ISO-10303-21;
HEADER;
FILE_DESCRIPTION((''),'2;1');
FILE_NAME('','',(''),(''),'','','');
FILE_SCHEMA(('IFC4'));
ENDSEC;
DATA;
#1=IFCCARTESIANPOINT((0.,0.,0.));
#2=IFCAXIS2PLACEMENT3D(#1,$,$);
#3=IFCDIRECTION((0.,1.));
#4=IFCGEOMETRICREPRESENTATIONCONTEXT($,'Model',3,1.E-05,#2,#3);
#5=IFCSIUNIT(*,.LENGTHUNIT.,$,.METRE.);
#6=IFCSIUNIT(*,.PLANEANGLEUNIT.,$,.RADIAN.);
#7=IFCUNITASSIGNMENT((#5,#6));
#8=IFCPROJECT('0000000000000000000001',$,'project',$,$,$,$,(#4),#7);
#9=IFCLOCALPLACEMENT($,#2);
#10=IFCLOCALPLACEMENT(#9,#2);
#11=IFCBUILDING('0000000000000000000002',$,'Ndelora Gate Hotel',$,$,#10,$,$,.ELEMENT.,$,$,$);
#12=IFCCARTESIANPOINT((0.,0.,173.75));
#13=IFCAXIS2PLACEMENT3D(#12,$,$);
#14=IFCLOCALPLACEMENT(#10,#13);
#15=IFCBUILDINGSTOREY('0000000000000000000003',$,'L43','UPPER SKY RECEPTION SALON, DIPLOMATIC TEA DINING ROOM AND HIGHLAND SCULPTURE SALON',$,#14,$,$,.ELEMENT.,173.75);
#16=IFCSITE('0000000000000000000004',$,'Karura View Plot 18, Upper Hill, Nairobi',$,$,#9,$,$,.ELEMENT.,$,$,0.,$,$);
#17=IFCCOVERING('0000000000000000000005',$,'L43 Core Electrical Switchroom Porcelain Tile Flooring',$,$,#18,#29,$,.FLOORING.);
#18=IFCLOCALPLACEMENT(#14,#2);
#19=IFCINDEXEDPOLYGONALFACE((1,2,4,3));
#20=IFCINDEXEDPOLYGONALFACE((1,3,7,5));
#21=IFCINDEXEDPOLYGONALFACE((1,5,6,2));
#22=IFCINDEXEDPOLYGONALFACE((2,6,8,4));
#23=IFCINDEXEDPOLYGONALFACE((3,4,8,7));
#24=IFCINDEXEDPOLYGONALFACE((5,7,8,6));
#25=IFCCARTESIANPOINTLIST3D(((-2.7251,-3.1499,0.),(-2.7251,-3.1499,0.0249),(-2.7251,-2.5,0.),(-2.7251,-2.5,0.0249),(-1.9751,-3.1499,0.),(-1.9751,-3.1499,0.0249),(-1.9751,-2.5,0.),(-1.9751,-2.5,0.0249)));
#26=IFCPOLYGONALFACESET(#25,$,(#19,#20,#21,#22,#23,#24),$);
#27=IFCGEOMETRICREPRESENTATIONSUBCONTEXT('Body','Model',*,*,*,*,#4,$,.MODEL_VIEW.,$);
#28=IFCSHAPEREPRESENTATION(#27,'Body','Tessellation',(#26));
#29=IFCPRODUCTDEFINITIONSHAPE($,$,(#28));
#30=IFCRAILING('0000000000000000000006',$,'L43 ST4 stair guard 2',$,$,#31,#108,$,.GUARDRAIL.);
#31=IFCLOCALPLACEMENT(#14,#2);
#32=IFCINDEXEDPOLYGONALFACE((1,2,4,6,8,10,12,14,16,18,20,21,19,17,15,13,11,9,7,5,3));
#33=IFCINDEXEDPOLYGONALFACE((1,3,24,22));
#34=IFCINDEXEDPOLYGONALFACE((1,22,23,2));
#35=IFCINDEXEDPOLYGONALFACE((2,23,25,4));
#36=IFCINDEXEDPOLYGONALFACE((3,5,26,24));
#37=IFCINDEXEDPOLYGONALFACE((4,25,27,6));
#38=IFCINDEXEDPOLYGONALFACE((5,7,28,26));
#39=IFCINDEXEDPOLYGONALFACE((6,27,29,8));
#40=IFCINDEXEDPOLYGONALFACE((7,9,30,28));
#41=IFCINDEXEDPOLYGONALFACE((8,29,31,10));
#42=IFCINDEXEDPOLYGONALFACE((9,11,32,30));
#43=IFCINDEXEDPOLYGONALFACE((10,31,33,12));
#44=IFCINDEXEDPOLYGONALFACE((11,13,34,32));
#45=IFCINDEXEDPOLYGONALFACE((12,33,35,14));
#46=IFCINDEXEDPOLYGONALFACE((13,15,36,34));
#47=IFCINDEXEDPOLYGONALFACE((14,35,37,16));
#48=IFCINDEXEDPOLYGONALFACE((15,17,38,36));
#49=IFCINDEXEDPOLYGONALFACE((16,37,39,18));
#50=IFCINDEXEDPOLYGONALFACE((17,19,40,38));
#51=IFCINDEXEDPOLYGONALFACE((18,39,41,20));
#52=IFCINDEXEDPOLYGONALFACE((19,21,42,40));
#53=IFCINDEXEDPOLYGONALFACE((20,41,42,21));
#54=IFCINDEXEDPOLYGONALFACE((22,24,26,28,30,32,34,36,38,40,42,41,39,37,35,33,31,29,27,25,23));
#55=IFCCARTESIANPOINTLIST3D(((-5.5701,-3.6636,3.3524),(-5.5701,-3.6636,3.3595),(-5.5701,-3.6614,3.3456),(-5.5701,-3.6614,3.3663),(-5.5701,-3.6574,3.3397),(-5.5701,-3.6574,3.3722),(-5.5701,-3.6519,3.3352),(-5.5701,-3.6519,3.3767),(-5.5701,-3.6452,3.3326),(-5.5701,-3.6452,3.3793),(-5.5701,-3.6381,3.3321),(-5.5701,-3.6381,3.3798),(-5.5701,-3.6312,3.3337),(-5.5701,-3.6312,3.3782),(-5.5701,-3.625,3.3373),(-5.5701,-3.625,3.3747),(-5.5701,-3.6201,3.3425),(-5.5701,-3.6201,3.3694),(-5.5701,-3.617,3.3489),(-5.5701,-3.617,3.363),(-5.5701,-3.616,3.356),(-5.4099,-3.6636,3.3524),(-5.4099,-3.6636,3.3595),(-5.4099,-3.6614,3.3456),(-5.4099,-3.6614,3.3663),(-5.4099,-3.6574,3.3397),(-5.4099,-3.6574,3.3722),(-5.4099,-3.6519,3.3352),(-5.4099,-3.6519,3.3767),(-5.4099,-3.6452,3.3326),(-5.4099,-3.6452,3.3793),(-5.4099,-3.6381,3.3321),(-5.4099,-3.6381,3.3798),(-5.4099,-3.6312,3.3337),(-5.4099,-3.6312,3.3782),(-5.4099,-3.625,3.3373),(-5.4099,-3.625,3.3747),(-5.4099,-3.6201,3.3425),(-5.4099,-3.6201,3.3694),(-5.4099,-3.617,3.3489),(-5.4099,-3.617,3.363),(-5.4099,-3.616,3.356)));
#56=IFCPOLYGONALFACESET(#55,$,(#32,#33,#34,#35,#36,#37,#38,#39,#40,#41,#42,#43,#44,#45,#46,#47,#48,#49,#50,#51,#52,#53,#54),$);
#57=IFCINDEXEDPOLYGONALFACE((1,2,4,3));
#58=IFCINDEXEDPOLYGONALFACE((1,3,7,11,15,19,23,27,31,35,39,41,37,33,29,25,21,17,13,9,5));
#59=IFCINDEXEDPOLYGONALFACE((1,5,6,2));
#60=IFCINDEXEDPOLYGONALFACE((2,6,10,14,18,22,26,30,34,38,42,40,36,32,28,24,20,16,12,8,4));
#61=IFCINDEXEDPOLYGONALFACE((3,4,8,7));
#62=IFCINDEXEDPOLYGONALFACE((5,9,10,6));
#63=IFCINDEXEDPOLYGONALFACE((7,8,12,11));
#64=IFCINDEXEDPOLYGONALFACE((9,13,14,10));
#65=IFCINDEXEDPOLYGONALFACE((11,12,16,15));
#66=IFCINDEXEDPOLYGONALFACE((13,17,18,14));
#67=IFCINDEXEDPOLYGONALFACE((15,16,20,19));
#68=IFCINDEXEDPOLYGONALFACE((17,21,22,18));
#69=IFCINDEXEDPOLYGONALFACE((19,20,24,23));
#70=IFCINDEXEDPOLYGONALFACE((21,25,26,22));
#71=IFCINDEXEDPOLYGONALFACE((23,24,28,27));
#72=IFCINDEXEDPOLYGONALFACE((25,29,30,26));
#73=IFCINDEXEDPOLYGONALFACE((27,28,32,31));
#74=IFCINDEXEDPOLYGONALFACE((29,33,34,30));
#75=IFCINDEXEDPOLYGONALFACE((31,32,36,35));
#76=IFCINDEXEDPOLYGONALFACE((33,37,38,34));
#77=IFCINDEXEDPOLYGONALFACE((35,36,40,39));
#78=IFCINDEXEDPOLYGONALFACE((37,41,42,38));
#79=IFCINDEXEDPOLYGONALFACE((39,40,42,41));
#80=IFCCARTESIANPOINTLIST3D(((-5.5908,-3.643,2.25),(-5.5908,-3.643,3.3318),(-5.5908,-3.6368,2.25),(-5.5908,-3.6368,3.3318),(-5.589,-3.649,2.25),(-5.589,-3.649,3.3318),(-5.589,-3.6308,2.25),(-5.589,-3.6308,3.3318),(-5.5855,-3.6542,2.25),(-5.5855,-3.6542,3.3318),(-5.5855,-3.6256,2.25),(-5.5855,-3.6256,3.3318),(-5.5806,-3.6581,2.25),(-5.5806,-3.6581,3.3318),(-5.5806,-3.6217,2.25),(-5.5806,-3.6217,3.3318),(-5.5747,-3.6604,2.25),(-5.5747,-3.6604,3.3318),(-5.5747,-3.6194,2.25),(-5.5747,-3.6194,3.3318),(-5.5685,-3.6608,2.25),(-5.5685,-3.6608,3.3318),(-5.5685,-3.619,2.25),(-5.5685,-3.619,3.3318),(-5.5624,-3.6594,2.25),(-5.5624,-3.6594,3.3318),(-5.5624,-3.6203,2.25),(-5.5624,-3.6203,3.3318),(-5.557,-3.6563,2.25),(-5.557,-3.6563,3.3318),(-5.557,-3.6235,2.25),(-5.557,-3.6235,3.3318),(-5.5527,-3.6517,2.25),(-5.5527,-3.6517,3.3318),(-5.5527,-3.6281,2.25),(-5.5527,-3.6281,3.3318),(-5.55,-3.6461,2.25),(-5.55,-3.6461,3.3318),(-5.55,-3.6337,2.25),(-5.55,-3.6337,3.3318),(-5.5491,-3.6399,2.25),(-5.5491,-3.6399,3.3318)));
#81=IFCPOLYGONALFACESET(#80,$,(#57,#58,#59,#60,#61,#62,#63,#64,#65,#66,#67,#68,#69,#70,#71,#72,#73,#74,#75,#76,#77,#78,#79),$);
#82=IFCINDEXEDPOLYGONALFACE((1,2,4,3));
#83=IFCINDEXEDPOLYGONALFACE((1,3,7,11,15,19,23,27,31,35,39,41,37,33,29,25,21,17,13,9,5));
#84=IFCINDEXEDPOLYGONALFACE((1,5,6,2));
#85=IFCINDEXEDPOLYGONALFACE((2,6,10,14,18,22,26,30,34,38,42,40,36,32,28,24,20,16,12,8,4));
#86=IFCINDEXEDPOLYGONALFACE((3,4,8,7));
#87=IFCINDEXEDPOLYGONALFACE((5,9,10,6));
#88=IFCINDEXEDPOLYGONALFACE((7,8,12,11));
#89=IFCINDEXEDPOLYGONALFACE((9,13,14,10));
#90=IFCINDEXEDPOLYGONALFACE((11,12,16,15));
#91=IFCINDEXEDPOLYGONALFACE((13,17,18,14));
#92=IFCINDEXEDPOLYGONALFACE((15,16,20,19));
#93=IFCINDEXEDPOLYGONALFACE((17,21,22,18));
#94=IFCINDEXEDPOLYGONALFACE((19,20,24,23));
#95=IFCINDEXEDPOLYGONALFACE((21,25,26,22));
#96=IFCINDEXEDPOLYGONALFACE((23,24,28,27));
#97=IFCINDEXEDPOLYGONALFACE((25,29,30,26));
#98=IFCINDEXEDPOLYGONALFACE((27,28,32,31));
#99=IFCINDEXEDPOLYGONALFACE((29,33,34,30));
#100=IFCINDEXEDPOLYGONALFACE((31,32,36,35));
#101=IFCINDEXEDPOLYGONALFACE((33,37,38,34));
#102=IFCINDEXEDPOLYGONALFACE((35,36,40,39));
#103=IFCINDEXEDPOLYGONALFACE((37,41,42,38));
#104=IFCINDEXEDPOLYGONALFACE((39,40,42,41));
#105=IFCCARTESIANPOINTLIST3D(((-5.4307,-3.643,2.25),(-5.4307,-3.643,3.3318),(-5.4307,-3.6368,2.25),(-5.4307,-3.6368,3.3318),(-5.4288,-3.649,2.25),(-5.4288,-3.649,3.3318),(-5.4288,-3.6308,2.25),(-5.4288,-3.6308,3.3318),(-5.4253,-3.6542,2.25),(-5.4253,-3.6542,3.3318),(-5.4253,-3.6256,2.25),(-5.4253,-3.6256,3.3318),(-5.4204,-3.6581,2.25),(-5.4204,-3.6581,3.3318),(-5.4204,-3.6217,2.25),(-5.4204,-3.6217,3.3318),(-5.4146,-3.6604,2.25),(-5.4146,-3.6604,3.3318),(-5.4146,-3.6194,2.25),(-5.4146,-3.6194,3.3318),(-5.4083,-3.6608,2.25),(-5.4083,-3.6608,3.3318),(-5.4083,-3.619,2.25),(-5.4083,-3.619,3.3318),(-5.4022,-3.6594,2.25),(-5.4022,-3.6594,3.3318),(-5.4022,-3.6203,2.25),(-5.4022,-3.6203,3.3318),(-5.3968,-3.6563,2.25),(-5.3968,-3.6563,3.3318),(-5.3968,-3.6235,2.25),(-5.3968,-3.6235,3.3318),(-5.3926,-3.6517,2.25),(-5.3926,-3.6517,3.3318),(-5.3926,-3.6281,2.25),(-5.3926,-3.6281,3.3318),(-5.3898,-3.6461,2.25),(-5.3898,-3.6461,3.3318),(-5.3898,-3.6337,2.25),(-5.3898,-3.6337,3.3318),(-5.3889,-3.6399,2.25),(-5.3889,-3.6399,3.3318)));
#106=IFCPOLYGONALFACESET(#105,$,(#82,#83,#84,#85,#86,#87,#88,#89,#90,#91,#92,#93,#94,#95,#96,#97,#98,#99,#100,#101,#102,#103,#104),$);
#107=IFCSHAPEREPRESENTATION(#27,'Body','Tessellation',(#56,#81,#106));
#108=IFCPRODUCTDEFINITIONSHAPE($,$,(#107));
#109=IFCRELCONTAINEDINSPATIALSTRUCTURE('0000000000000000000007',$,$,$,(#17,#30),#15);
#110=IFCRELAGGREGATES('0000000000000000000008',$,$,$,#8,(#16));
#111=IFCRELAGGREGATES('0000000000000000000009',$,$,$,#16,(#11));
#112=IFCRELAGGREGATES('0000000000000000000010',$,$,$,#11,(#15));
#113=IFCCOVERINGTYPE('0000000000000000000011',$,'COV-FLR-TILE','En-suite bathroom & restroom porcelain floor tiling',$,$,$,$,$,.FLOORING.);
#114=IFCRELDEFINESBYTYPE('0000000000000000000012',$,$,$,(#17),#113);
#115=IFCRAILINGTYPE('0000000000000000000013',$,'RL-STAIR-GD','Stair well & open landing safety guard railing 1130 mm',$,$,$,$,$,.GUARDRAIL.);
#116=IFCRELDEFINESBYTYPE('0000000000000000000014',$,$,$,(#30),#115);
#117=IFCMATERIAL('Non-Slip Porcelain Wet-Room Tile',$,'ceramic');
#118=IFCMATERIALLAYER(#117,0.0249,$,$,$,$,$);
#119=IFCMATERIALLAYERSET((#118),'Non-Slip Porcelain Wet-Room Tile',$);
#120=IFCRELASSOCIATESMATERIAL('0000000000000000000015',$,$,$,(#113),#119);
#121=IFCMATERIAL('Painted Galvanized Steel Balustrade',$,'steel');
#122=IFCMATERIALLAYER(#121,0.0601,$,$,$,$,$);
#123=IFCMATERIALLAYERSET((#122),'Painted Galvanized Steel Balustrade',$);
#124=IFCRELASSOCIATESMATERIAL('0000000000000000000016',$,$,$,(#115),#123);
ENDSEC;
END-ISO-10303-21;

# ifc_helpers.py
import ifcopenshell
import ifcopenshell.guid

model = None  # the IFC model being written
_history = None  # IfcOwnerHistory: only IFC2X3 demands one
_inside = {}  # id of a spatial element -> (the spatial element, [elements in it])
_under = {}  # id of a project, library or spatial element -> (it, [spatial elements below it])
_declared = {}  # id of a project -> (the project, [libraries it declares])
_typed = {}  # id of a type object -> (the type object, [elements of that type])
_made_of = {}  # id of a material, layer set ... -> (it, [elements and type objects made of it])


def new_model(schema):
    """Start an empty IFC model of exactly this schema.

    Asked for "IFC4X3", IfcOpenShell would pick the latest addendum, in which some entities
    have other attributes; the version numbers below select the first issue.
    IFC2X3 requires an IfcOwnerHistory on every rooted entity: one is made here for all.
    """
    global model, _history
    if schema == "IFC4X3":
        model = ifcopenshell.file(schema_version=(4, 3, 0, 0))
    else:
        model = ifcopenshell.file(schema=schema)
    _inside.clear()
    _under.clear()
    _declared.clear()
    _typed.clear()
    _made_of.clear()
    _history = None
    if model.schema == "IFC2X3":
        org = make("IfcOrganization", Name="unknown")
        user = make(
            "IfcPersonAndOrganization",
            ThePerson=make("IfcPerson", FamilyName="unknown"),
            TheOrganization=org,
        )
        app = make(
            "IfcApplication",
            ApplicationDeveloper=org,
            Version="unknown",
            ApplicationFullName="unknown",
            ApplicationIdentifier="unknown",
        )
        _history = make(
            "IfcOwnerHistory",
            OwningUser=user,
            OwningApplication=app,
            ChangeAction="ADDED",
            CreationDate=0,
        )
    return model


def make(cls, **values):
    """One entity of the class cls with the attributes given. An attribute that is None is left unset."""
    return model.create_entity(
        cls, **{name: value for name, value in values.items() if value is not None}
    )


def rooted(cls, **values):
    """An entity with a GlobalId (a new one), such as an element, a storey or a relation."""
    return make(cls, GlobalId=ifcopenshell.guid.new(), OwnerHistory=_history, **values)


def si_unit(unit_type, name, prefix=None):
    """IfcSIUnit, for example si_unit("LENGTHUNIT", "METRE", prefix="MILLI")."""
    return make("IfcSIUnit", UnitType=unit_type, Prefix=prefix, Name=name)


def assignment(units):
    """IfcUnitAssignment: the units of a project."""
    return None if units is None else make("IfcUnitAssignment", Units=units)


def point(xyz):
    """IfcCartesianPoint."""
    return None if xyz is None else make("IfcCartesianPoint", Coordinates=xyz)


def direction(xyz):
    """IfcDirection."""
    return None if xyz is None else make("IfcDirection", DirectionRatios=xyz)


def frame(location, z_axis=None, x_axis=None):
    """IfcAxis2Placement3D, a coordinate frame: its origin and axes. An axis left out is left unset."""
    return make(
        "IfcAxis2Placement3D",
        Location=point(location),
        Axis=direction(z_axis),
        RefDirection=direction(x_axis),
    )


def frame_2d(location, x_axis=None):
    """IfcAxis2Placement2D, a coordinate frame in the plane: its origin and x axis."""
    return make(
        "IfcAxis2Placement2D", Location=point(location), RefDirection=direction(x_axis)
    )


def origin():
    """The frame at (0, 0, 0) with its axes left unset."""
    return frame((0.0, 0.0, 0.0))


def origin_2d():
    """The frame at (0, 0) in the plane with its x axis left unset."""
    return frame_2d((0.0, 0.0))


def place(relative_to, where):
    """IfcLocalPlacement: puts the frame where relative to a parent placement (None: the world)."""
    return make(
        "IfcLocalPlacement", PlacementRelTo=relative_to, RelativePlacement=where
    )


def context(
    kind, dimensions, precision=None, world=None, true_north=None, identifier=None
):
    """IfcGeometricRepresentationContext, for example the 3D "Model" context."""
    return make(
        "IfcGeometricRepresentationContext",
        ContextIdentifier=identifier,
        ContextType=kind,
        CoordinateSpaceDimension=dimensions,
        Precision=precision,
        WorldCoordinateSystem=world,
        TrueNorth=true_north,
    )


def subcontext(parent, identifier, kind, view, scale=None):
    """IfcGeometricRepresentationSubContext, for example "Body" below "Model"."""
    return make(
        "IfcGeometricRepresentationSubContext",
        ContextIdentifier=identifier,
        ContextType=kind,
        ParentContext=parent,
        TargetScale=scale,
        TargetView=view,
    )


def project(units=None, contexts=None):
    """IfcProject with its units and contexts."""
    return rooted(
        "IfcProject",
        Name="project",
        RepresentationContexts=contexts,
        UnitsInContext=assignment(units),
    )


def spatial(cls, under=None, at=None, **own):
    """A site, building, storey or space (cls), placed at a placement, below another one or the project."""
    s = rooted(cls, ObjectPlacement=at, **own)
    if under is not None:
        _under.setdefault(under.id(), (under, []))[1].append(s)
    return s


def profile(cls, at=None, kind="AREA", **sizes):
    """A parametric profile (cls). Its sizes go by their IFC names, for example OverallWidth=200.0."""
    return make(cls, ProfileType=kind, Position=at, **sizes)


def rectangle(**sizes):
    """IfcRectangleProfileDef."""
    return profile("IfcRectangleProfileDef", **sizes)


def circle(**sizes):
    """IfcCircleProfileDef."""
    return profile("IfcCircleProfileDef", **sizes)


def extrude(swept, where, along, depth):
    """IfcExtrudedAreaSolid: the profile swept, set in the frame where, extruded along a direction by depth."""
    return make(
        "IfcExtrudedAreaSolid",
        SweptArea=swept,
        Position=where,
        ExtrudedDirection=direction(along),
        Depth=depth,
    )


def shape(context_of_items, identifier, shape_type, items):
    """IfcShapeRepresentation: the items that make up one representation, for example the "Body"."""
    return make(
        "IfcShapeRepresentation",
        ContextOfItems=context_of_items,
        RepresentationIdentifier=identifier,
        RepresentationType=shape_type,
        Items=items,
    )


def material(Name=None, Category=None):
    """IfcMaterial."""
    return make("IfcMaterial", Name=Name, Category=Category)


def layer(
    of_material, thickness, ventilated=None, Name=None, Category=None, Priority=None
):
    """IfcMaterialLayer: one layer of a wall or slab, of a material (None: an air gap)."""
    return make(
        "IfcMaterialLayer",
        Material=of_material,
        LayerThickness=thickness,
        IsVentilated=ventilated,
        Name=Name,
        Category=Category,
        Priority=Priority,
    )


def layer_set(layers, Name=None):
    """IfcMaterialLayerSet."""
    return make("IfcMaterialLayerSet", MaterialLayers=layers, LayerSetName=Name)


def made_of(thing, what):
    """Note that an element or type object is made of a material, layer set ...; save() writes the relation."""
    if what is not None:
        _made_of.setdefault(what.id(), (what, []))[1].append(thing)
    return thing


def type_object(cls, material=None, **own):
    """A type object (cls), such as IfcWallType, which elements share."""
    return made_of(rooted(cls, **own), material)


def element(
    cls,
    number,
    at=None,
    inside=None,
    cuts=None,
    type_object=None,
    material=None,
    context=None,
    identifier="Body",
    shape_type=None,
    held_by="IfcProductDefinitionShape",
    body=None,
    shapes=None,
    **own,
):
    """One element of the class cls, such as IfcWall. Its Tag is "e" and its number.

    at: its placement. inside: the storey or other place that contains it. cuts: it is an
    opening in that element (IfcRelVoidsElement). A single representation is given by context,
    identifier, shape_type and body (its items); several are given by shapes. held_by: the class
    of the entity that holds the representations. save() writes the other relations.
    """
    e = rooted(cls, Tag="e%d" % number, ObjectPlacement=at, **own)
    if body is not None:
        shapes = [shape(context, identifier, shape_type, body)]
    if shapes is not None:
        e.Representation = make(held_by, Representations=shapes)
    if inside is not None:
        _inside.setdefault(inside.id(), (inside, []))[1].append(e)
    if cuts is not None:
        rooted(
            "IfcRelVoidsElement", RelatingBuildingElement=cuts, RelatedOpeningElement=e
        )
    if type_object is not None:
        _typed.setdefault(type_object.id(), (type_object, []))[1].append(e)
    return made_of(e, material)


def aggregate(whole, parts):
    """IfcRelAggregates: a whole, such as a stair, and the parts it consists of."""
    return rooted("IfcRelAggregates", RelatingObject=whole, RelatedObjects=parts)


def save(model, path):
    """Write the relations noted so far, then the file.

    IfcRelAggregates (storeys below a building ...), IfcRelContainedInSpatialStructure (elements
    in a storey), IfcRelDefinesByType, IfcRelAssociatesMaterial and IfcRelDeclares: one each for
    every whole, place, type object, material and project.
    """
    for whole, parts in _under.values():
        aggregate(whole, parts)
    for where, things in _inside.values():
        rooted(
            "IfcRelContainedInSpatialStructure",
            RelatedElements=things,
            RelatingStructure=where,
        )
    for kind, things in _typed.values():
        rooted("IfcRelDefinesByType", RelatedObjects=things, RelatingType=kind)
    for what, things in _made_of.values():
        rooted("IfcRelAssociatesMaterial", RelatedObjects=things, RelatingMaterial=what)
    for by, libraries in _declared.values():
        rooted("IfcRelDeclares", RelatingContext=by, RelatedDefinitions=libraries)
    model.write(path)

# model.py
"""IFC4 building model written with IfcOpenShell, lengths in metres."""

from ifc_helpers import new_model, si_unit, direction, frame, origin, origin_2d, place, context, subcontext, project, spatial, rectangle, circle, extrude, material, layer, layer_set, type_object, element, save


model = new_model("IFC4")

# Units and contexts
model_context = context("Model", 3, precision=1e-05, world=origin(), true_north=direction((0.0, 1.0)))
body_context = subcontext(model_context, "Body", "Model", "MODEL_VIEW")
ifc_project = project(units=[si_unit("LENGTHUNIT", "METRE"), si_unit("PLANEANGLEUNIT", "RADIAN")], contexts=[model_context])

# Site, building, storey
site_placement = place(None, origin())
site = spatial("IfcSite", under=ifc_project, at=site_placement, Name="Karura View Plot 18, Upper Hill, Nairobi", CompositionType="ELEMENT", RefElevation=0.0)
building_placement = place(site_placement, origin())
building = spatial("IfcBuilding", under=site, at=building_placement, Name="Ndelora Gate Hotel", CompositionType="ELEMENT")
storey_placement = place(building_placement, frame((0.0, 0.0, 173.75)))
storey = spatial("IfcBuildingStorey", under=building, at=storey_placement, Name="L43", Description="UPPER SKY RECEPTION SALON, DIPLOMATIC TEA DINING ROOM AND HIGHLAND SCULPTURE SALON", CompositionType="ELEMENT", Elevation=173.75)

# Covering
ifc_material_1 = material(Name="Non-Slip Porcelain Wet-Room Tile", Category="ceramic")
ifc_layer_1 = layer(ifc_material_1, 0.0249)
ifc_layer_set_1 = layer_set([ifc_layer_1], Name="Non-Slip Porcelain Wet-Room Tile")
covering_type = type_object("IfcCoveringType", Name="COV-FLR-TILE", Description="En-suite bathroom & restroom porcelain floor tiling", PredefinedType="FLOORING", material=ifc_layer_set_1)
covering_placement = place(storey_placement, frame((-2.3501, -2.825, 0.0), z_axis=(0.0, 0.0, 1.0), x_axis=(1.0, 0.0, 0.0)))
element("IfcCovering", 1, at=covering_placement, inside=storey, type_object=covering_type, Name="L43 Core Electrical Switchroom Porcelain Tile Flooring", PredefinedType="FLOORING", context=body_context, shape_type="SweptSolid", body=[
    extrude(rectangle(XDim=0.75, YDim=0.6499, at=origin_2d()), origin(), (0.0, 0.0, 1.0), 0.0249),
])

# Railing
ifc_material_2 = material(Name="Painted Galvanized Steel Balustrade", Category="steel")
ifc_layer_2 = layer(ifc_material_2, 0.0601)
ifc_layer_set_2 = layer_set([ifc_layer_2], Name="Painted Galvanized Steel Balustrade")
railing_type_1 = type_object("IfcRailingType", Name="RL-STAIR-GD", Description="Stair well & open landing safety guard railing 1130 mm", PredefinedType="GUARDRAIL", material=ifc_layer_set_2)
railing_1_placement = place(storey_placement, frame((-5.5701, -3.6399, 2.25)))
element("IfcRailing", 2, at=railing_1_placement, inside=storey, type_object=railing_type_1, Name="L43 ST4 stair guard 2", PredefinedType="GUARDRAIL", context=body_context, shape_type="SweptSolid", body=[
    extrude(circle(Radius=0.0239, at=origin_2d()), frame((0.0, 0.0, 1.106), z_axis=(1.0, 0.0, 0.0), x_axis=(0.0, 1.0, 0.0)), (0.0, 0.0, 1.0), 0.1602),
    extrude(circle(Radius=0.021, at=origin_2d()), origin(), (0.0, 0.0, 1.0), 1.0818),
    extrude(circle(Radius=0.021, at=origin_2d()), frame((0.1602, 0.0, 0.0)), (0.0, 0.0, 1.0), 1.0818),
])

save(model, "model.ifc")
